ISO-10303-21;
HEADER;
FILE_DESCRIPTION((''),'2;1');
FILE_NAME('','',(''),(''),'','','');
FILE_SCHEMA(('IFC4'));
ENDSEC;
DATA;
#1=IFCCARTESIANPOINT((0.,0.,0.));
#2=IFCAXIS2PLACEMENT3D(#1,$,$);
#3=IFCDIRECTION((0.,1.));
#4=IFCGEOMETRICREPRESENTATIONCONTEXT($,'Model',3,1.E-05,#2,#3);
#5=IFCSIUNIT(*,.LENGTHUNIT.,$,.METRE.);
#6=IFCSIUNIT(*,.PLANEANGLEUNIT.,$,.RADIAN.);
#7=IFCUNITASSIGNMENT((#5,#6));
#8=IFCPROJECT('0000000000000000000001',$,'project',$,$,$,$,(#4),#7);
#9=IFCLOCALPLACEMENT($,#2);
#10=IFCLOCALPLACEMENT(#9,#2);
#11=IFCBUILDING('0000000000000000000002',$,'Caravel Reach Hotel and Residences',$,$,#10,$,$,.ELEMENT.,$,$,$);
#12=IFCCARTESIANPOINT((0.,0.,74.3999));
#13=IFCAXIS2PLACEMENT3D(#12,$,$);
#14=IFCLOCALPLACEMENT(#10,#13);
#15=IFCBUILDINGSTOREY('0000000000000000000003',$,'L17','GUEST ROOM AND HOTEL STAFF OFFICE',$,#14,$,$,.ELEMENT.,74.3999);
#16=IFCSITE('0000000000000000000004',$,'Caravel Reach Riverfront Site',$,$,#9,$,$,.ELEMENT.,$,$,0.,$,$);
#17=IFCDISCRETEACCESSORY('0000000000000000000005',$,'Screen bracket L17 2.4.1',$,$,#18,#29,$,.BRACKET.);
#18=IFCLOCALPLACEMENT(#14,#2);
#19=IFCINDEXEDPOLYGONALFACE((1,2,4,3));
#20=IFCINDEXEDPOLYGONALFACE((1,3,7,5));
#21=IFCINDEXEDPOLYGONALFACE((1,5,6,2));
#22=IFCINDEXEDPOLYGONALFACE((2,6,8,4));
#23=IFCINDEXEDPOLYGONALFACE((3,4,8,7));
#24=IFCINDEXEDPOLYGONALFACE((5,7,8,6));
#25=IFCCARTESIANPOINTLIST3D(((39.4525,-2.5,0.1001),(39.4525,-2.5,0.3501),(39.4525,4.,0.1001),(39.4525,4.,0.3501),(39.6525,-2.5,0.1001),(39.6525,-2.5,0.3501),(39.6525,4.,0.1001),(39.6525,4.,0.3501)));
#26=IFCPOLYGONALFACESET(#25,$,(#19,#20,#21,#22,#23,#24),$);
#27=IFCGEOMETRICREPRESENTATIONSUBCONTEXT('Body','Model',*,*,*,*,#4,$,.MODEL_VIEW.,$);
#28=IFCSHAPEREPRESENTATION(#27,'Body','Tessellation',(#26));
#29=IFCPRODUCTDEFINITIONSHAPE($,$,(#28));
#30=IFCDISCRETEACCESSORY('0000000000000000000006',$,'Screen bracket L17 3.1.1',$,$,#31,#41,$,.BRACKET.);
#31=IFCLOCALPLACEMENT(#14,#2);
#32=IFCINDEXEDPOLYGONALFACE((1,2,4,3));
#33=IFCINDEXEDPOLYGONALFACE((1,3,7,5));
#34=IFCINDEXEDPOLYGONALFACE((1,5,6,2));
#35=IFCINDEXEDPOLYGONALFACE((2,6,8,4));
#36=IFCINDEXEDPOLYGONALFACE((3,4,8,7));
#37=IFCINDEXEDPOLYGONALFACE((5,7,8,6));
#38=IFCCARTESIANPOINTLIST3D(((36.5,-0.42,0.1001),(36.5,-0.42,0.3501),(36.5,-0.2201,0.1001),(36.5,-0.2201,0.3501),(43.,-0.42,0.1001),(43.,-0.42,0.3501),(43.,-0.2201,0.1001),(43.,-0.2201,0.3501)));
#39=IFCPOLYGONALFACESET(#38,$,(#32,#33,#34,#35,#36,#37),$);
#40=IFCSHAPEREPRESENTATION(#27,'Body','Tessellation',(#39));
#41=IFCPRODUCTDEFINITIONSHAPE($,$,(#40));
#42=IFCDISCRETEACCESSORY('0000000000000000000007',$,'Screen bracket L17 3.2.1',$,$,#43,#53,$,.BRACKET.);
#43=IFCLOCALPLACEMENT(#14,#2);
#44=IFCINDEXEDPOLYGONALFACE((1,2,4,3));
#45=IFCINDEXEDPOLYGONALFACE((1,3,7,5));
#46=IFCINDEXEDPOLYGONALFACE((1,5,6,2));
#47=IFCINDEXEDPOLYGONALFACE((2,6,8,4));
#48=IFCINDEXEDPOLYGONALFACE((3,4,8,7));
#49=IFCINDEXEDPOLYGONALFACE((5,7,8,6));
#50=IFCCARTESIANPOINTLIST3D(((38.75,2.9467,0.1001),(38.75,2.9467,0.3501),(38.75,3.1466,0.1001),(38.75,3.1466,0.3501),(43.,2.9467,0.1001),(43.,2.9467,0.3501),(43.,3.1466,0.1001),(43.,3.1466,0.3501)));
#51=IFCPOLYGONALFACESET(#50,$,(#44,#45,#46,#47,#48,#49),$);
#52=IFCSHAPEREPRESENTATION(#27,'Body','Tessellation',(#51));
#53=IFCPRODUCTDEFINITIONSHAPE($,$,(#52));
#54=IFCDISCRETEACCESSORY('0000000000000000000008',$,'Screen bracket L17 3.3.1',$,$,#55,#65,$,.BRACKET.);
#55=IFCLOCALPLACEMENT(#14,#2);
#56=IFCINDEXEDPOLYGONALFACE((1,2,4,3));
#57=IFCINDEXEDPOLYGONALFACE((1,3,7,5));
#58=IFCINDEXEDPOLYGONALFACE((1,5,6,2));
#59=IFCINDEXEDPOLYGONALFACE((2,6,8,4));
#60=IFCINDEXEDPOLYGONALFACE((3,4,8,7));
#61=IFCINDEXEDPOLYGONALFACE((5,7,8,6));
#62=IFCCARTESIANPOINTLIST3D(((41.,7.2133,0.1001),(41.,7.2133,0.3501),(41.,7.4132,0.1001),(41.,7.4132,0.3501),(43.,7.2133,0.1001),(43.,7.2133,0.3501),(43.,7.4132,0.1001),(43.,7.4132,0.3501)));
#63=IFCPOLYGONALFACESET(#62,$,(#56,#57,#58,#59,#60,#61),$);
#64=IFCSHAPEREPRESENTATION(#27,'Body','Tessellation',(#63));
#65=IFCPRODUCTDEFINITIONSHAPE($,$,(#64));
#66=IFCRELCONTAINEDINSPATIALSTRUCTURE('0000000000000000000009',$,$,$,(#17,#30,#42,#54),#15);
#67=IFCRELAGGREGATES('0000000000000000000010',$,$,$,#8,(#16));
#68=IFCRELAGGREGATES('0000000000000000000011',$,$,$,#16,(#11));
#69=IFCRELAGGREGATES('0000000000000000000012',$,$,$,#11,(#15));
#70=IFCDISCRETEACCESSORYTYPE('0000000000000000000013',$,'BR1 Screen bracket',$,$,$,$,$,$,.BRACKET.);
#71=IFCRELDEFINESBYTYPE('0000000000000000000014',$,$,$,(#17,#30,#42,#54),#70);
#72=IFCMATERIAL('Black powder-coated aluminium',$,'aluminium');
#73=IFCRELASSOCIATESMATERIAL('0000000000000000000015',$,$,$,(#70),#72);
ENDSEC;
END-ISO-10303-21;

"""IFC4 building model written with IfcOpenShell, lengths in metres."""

from ifc_helpers import new_model, si_unit, direction, frame, origin, origin_2d, place, context, subcontext, project, spatial, rectangle, extrude, material, type_object, element, save


model = new_model("IFC4")

# Units and contexts
model_context = context("Model", 3, precision=1e-05, world=origin(), true_north=direction((0.0, 1.0)))
body_context = subcontext(model_context, "Body", "Model", "MODEL_VIEW")
ifc_project = project(units=[si_unit("LENGTHUNIT", "METRE"), si_unit("PLANEANGLEUNIT", "RADIAN")], contexts=[model_context])

# Site, building, storey
site_placement = place(None, origin())
site = spatial("IfcSite", under=ifc_project, at=site_placement, Name="Caravel Reach Riverfront Site", CompositionType="ELEMENT", RefElevation=0.0)
building_placement = place(site_placement, origin())
building = spatial("IfcBuilding", under=site, at=building_placement, Name="Caravel Reach Hotel and Residences", CompositionType="ELEMENT")
storey_placement = place(building_placement, frame((0.0, 0.0, 74.3999)))
storey = spatial("IfcBuildingStorey", under=building, at=storey_placement, Name="L17", Description="GUEST ROOM AND HOTEL STAFF OFFICE", CompositionType="ELEMENT", Elevation=74.3999)

# Discrete accessories
ifc_material_1 = material(Name="Black powder-coated aluminium", Category="aluminium")
discrete_accessory_type = type_object("IfcDiscreteAccessoryType", Name="BR1 Screen bracket", PredefinedType="BRACKET", material=ifc_material_1)
for number, where, z_axis, x_axis, name in (
    (1, (39.5525, 0.75, 0.1001), (0.0, 0.0, 1.0), (0.0, -1.0, 0.0), "Screen bracket L17 2.4.1"),
    (2, (39.75, -0.3201, 0.1001), (0.0, 0.0, 1.0), (1.0, 0.0, 0.0), "Screen bracket L17 3.1.1"),
):
    element("IfcDiscreteAccessory", number, at=place(storey_placement, frame(where, z_axis=z_axis, x_axis=x_axis)), inside=storey, type_object=discrete_accessory_type, Name=name, PredefinedType="BRACKET", context=body_context, shape_type="SweptSolid", body=[
        extrude(rectangle(XDim=6.5, YDim=0.2, at=origin_2d()), origin(), (0.0, 0.0, 1.0), 0.25),
    ])
discrete_accessory_1_placement = place(storey_placement, frame((40.875, 3.0466, 0.1001), z_axis=(0.0, 0.0, 1.0), x_axis=(1.0, 0.0, 0.0)))
element("IfcDiscreteAccessory", 3, at=discrete_accessory_1_placement, inside=storey, type_object=discrete_accessory_type, Name="Screen bracket L17 3.2.1", PredefinedType="BRACKET", context=body_context, shape_type="SweptSolid", body=[
    extrude(rectangle(XDim=4.25, YDim=0.2, at=origin_2d()), origin(), (0.0, 0.0, 1.0), 0.25),
])
discrete_accessory_2_placement = place(storey_placement, frame((42.0, 7.3132, 0.1001), z_axis=(0.0, 0.0, 1.0), x_axis=(1.0, 0.0, 0.0)))
element("IfcDiscreteAccessory", 4, at=discrete_accessory_2_placement, inside=storey, type_object=discrete_accessory_type, Name="Screen bracket L17 3.3.1", PredefinedType="BRACKET", context=body_context, shape_type="SweptSolid", body=[
    extrude(rectangle(XDim=2.0, YDim=0.2, at=origin_2d()), origin(), (0.0, 0.0, 1.0), 0.25),
])

save(model, "model.ifc")
